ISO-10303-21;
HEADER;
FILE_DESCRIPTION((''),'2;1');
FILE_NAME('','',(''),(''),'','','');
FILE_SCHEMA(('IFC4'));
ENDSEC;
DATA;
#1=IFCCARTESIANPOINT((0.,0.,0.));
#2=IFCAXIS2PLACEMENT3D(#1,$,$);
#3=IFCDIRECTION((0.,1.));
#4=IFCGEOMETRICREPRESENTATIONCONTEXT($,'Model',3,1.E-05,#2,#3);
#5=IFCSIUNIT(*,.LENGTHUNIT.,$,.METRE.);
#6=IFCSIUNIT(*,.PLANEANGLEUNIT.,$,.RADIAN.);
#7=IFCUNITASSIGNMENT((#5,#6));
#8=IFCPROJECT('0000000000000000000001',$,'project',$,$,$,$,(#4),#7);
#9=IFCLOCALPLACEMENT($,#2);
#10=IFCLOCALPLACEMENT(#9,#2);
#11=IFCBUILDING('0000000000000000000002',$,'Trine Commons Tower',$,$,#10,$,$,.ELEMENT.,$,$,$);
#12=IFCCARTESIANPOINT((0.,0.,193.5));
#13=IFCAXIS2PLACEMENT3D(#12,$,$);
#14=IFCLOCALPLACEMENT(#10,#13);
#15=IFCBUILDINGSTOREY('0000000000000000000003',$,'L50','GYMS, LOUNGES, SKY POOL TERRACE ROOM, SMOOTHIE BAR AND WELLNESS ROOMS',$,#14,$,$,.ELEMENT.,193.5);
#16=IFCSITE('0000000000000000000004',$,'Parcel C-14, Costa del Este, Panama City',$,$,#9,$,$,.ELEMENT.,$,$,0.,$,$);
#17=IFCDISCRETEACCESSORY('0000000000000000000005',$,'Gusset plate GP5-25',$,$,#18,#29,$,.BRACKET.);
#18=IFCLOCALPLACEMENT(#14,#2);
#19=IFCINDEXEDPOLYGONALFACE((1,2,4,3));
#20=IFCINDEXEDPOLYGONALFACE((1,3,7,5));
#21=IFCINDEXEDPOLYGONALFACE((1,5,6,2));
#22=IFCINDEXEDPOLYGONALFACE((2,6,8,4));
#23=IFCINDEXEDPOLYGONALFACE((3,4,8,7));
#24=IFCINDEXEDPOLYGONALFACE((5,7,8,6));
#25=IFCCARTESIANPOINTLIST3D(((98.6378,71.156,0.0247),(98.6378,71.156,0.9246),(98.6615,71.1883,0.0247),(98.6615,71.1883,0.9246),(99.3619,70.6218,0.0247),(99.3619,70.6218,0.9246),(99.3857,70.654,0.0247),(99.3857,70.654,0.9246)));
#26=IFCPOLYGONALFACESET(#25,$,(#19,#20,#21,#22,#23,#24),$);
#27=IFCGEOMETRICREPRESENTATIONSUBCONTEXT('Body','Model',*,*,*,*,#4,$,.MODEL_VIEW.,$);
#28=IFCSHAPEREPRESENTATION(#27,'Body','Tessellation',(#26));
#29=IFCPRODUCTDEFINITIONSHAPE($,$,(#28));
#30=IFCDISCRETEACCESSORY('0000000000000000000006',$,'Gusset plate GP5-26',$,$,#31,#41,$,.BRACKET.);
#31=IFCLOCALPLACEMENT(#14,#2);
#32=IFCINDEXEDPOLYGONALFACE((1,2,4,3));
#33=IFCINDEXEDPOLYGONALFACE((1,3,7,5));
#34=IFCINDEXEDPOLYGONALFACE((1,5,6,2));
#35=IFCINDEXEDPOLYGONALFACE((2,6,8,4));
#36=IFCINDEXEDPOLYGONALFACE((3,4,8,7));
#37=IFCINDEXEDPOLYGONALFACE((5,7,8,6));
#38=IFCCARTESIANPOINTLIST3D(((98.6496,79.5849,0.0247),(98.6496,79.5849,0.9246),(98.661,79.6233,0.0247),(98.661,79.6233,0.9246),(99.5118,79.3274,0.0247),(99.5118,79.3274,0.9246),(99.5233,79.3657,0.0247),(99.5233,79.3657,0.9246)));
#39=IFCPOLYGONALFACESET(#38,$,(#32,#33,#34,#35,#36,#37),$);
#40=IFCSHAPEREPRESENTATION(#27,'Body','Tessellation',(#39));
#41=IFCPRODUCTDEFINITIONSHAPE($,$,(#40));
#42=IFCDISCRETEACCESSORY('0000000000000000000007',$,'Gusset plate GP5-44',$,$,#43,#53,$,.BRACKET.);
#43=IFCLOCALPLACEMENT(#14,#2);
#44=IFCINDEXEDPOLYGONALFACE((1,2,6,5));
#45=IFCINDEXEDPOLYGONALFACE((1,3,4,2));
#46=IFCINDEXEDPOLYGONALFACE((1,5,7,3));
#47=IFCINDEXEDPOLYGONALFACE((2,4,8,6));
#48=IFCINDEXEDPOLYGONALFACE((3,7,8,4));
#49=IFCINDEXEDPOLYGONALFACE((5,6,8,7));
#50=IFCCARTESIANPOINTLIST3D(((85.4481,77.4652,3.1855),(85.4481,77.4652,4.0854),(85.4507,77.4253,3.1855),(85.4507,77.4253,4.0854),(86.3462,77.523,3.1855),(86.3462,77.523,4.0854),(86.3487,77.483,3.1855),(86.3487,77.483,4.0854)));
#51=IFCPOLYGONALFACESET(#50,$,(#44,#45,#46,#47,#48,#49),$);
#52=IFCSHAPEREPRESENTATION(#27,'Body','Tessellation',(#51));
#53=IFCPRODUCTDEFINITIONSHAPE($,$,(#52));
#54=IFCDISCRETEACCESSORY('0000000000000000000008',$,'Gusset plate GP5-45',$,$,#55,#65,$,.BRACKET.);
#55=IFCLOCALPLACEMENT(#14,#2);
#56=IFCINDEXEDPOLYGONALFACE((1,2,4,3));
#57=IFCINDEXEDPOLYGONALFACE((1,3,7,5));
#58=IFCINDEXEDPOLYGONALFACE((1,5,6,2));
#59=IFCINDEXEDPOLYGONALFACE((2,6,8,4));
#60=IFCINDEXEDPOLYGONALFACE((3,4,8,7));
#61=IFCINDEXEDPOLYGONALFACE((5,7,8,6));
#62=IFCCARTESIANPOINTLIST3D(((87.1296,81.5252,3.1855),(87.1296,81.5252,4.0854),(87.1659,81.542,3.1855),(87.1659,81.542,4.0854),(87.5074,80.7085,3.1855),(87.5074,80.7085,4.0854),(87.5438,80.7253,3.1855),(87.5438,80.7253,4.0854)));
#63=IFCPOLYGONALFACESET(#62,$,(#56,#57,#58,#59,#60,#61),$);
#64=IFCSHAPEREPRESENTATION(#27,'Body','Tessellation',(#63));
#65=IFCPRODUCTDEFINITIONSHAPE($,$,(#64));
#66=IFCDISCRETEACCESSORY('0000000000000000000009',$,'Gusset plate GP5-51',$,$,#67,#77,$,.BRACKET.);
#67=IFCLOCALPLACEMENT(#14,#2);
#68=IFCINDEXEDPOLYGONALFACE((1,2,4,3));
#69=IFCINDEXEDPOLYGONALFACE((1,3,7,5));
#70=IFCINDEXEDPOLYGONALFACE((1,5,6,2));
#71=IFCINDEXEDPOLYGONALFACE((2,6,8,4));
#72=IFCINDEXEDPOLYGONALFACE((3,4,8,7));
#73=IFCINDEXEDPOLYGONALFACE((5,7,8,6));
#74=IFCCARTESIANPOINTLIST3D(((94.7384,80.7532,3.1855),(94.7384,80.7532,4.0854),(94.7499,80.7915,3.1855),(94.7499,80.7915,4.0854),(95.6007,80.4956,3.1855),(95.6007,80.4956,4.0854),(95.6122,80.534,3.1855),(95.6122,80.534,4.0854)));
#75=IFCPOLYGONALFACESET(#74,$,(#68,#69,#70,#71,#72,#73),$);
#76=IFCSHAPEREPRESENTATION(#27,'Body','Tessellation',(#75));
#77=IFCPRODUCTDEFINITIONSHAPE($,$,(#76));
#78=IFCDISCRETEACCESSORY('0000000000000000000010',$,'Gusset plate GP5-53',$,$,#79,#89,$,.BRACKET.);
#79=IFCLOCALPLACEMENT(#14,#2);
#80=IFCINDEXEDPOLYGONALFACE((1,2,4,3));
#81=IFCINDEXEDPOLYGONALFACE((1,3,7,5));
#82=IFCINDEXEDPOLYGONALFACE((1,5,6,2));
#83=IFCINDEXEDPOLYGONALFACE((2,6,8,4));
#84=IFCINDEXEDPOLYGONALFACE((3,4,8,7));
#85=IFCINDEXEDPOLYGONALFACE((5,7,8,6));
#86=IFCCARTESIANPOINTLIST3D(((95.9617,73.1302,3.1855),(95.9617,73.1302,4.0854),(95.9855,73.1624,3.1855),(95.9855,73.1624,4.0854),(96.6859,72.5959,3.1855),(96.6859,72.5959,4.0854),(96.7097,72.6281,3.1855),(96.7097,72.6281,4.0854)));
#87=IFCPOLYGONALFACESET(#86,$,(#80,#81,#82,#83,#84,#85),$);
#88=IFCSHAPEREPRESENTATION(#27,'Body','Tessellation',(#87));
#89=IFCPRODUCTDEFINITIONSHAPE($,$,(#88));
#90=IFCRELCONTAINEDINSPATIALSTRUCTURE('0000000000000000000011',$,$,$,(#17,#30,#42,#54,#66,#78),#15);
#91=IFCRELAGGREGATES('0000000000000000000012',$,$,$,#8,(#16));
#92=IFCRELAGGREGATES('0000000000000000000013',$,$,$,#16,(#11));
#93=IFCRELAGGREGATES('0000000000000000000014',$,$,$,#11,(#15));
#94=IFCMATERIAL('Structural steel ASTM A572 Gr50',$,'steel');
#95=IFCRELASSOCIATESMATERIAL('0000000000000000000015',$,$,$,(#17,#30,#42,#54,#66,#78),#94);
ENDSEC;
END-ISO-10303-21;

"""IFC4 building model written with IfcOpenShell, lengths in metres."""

from ifc_helpers import new_model, si_unit, direction, frame, origin, origin_2d, place, context, subcontext, project, spatial, rectangle, extrude, material, element, save


model = new_model("IFC4")

# Units and contexts
model_context = context("Model", 3, precision=1e-05, world=origin(), true_north=direction((0.0, 1.0)))
body_context = subcontext(model_context, "Body", "Model", "MODEL_VIEW")
ifc_project = project(units=[si_unit("LENGTHUNIT", "METRE"), si_unit("PLANEANGLEUNIT", "RADIAN")], contexts=[model_context])

# Site, building, storey
site_placement = place(None, origin())
site = spatial("IfcSite", under=ifc_project, at=site_placement, Name="Parcel C-14, Costa del Este, Panama City", CompositionType="ELEMENT", RefElevation=0.0)
building_placement = place(site_placement, origin())
building = spatial("IfcBuilding", under=site, at=building_placement, Name="Trine Commons Tower", CompositionType="ELEMENT")
storey_placement = place(building_placement, frame((0.0, 0.0, 193.5)))
storey = spatial("IfcBuildingStorey", under=building, at=storey_placement, Name="L50", Description="GYMS, LOUNGES, SKY POOL TERRACE ROOM, SMOOTHIE BAR AND WELLNESS ROOMS", CompositionType="ELEMENT", Elevation=193.5)

# Discrete accessories
ifc_material_1 = material(Name="Structural steel ASTM A572 Gr50", Category="steel")
for number, where, z_axis, x_axis, name in (
    (1, (99.0117, 70.905, 0.0247), (0.0, 0.0, 1.0), (-0.804697, 0.593686, 0.0), "Gusset plate GP5-25"),
    (2, (99.0864, 79.4753, 0.0247), (0.0, 0.0, 1.0), (-0.958168, 0.286207, 0.0), "Gusset plate GP5-26"),
    (3, (85.8984, 77.4741, 3.1855), (0.0, 0.0, 1.0), (-0.997939, -0.064167, 0.0), "Gusset plate GP5-44"),
    (4, (87.3367, 81.1252, 3.1855), (0.0, 0.0, 1.0), (-0.41988, 0.90758, 0.0), "Gusset plate GP5-45"),
    (5, (95.1753, 80.6436, 3.1855), (0.0, 0.0, 1.0), (-0.958168, 0.286207, 0.0), "Gusset plate GP5-51"),
    (6, (96.3357, 72.8792, 3.1855), (0.0, 0.0, 1.0), (-0.804697, 0.593686, 0.0), "Gusset plate GP5-53"),
):
    element("IfcDiscreteAccessory", number, at=place(storey_placement, frame(where, z_axis=z_axis, x_axis=x_axis)), inside=storey, material=ifc_material_1, Name=name, PredefinedType="BRACKET", context=body_context, shape_type="SweptSolid", body=[
        extrude(rectangle(XDim=0.8999, YDim=0.04, at=origin_2d()), origin(), (0.0, 0.0, 1.0), 0.8999),
    ])

save(model, "model.ifc")
